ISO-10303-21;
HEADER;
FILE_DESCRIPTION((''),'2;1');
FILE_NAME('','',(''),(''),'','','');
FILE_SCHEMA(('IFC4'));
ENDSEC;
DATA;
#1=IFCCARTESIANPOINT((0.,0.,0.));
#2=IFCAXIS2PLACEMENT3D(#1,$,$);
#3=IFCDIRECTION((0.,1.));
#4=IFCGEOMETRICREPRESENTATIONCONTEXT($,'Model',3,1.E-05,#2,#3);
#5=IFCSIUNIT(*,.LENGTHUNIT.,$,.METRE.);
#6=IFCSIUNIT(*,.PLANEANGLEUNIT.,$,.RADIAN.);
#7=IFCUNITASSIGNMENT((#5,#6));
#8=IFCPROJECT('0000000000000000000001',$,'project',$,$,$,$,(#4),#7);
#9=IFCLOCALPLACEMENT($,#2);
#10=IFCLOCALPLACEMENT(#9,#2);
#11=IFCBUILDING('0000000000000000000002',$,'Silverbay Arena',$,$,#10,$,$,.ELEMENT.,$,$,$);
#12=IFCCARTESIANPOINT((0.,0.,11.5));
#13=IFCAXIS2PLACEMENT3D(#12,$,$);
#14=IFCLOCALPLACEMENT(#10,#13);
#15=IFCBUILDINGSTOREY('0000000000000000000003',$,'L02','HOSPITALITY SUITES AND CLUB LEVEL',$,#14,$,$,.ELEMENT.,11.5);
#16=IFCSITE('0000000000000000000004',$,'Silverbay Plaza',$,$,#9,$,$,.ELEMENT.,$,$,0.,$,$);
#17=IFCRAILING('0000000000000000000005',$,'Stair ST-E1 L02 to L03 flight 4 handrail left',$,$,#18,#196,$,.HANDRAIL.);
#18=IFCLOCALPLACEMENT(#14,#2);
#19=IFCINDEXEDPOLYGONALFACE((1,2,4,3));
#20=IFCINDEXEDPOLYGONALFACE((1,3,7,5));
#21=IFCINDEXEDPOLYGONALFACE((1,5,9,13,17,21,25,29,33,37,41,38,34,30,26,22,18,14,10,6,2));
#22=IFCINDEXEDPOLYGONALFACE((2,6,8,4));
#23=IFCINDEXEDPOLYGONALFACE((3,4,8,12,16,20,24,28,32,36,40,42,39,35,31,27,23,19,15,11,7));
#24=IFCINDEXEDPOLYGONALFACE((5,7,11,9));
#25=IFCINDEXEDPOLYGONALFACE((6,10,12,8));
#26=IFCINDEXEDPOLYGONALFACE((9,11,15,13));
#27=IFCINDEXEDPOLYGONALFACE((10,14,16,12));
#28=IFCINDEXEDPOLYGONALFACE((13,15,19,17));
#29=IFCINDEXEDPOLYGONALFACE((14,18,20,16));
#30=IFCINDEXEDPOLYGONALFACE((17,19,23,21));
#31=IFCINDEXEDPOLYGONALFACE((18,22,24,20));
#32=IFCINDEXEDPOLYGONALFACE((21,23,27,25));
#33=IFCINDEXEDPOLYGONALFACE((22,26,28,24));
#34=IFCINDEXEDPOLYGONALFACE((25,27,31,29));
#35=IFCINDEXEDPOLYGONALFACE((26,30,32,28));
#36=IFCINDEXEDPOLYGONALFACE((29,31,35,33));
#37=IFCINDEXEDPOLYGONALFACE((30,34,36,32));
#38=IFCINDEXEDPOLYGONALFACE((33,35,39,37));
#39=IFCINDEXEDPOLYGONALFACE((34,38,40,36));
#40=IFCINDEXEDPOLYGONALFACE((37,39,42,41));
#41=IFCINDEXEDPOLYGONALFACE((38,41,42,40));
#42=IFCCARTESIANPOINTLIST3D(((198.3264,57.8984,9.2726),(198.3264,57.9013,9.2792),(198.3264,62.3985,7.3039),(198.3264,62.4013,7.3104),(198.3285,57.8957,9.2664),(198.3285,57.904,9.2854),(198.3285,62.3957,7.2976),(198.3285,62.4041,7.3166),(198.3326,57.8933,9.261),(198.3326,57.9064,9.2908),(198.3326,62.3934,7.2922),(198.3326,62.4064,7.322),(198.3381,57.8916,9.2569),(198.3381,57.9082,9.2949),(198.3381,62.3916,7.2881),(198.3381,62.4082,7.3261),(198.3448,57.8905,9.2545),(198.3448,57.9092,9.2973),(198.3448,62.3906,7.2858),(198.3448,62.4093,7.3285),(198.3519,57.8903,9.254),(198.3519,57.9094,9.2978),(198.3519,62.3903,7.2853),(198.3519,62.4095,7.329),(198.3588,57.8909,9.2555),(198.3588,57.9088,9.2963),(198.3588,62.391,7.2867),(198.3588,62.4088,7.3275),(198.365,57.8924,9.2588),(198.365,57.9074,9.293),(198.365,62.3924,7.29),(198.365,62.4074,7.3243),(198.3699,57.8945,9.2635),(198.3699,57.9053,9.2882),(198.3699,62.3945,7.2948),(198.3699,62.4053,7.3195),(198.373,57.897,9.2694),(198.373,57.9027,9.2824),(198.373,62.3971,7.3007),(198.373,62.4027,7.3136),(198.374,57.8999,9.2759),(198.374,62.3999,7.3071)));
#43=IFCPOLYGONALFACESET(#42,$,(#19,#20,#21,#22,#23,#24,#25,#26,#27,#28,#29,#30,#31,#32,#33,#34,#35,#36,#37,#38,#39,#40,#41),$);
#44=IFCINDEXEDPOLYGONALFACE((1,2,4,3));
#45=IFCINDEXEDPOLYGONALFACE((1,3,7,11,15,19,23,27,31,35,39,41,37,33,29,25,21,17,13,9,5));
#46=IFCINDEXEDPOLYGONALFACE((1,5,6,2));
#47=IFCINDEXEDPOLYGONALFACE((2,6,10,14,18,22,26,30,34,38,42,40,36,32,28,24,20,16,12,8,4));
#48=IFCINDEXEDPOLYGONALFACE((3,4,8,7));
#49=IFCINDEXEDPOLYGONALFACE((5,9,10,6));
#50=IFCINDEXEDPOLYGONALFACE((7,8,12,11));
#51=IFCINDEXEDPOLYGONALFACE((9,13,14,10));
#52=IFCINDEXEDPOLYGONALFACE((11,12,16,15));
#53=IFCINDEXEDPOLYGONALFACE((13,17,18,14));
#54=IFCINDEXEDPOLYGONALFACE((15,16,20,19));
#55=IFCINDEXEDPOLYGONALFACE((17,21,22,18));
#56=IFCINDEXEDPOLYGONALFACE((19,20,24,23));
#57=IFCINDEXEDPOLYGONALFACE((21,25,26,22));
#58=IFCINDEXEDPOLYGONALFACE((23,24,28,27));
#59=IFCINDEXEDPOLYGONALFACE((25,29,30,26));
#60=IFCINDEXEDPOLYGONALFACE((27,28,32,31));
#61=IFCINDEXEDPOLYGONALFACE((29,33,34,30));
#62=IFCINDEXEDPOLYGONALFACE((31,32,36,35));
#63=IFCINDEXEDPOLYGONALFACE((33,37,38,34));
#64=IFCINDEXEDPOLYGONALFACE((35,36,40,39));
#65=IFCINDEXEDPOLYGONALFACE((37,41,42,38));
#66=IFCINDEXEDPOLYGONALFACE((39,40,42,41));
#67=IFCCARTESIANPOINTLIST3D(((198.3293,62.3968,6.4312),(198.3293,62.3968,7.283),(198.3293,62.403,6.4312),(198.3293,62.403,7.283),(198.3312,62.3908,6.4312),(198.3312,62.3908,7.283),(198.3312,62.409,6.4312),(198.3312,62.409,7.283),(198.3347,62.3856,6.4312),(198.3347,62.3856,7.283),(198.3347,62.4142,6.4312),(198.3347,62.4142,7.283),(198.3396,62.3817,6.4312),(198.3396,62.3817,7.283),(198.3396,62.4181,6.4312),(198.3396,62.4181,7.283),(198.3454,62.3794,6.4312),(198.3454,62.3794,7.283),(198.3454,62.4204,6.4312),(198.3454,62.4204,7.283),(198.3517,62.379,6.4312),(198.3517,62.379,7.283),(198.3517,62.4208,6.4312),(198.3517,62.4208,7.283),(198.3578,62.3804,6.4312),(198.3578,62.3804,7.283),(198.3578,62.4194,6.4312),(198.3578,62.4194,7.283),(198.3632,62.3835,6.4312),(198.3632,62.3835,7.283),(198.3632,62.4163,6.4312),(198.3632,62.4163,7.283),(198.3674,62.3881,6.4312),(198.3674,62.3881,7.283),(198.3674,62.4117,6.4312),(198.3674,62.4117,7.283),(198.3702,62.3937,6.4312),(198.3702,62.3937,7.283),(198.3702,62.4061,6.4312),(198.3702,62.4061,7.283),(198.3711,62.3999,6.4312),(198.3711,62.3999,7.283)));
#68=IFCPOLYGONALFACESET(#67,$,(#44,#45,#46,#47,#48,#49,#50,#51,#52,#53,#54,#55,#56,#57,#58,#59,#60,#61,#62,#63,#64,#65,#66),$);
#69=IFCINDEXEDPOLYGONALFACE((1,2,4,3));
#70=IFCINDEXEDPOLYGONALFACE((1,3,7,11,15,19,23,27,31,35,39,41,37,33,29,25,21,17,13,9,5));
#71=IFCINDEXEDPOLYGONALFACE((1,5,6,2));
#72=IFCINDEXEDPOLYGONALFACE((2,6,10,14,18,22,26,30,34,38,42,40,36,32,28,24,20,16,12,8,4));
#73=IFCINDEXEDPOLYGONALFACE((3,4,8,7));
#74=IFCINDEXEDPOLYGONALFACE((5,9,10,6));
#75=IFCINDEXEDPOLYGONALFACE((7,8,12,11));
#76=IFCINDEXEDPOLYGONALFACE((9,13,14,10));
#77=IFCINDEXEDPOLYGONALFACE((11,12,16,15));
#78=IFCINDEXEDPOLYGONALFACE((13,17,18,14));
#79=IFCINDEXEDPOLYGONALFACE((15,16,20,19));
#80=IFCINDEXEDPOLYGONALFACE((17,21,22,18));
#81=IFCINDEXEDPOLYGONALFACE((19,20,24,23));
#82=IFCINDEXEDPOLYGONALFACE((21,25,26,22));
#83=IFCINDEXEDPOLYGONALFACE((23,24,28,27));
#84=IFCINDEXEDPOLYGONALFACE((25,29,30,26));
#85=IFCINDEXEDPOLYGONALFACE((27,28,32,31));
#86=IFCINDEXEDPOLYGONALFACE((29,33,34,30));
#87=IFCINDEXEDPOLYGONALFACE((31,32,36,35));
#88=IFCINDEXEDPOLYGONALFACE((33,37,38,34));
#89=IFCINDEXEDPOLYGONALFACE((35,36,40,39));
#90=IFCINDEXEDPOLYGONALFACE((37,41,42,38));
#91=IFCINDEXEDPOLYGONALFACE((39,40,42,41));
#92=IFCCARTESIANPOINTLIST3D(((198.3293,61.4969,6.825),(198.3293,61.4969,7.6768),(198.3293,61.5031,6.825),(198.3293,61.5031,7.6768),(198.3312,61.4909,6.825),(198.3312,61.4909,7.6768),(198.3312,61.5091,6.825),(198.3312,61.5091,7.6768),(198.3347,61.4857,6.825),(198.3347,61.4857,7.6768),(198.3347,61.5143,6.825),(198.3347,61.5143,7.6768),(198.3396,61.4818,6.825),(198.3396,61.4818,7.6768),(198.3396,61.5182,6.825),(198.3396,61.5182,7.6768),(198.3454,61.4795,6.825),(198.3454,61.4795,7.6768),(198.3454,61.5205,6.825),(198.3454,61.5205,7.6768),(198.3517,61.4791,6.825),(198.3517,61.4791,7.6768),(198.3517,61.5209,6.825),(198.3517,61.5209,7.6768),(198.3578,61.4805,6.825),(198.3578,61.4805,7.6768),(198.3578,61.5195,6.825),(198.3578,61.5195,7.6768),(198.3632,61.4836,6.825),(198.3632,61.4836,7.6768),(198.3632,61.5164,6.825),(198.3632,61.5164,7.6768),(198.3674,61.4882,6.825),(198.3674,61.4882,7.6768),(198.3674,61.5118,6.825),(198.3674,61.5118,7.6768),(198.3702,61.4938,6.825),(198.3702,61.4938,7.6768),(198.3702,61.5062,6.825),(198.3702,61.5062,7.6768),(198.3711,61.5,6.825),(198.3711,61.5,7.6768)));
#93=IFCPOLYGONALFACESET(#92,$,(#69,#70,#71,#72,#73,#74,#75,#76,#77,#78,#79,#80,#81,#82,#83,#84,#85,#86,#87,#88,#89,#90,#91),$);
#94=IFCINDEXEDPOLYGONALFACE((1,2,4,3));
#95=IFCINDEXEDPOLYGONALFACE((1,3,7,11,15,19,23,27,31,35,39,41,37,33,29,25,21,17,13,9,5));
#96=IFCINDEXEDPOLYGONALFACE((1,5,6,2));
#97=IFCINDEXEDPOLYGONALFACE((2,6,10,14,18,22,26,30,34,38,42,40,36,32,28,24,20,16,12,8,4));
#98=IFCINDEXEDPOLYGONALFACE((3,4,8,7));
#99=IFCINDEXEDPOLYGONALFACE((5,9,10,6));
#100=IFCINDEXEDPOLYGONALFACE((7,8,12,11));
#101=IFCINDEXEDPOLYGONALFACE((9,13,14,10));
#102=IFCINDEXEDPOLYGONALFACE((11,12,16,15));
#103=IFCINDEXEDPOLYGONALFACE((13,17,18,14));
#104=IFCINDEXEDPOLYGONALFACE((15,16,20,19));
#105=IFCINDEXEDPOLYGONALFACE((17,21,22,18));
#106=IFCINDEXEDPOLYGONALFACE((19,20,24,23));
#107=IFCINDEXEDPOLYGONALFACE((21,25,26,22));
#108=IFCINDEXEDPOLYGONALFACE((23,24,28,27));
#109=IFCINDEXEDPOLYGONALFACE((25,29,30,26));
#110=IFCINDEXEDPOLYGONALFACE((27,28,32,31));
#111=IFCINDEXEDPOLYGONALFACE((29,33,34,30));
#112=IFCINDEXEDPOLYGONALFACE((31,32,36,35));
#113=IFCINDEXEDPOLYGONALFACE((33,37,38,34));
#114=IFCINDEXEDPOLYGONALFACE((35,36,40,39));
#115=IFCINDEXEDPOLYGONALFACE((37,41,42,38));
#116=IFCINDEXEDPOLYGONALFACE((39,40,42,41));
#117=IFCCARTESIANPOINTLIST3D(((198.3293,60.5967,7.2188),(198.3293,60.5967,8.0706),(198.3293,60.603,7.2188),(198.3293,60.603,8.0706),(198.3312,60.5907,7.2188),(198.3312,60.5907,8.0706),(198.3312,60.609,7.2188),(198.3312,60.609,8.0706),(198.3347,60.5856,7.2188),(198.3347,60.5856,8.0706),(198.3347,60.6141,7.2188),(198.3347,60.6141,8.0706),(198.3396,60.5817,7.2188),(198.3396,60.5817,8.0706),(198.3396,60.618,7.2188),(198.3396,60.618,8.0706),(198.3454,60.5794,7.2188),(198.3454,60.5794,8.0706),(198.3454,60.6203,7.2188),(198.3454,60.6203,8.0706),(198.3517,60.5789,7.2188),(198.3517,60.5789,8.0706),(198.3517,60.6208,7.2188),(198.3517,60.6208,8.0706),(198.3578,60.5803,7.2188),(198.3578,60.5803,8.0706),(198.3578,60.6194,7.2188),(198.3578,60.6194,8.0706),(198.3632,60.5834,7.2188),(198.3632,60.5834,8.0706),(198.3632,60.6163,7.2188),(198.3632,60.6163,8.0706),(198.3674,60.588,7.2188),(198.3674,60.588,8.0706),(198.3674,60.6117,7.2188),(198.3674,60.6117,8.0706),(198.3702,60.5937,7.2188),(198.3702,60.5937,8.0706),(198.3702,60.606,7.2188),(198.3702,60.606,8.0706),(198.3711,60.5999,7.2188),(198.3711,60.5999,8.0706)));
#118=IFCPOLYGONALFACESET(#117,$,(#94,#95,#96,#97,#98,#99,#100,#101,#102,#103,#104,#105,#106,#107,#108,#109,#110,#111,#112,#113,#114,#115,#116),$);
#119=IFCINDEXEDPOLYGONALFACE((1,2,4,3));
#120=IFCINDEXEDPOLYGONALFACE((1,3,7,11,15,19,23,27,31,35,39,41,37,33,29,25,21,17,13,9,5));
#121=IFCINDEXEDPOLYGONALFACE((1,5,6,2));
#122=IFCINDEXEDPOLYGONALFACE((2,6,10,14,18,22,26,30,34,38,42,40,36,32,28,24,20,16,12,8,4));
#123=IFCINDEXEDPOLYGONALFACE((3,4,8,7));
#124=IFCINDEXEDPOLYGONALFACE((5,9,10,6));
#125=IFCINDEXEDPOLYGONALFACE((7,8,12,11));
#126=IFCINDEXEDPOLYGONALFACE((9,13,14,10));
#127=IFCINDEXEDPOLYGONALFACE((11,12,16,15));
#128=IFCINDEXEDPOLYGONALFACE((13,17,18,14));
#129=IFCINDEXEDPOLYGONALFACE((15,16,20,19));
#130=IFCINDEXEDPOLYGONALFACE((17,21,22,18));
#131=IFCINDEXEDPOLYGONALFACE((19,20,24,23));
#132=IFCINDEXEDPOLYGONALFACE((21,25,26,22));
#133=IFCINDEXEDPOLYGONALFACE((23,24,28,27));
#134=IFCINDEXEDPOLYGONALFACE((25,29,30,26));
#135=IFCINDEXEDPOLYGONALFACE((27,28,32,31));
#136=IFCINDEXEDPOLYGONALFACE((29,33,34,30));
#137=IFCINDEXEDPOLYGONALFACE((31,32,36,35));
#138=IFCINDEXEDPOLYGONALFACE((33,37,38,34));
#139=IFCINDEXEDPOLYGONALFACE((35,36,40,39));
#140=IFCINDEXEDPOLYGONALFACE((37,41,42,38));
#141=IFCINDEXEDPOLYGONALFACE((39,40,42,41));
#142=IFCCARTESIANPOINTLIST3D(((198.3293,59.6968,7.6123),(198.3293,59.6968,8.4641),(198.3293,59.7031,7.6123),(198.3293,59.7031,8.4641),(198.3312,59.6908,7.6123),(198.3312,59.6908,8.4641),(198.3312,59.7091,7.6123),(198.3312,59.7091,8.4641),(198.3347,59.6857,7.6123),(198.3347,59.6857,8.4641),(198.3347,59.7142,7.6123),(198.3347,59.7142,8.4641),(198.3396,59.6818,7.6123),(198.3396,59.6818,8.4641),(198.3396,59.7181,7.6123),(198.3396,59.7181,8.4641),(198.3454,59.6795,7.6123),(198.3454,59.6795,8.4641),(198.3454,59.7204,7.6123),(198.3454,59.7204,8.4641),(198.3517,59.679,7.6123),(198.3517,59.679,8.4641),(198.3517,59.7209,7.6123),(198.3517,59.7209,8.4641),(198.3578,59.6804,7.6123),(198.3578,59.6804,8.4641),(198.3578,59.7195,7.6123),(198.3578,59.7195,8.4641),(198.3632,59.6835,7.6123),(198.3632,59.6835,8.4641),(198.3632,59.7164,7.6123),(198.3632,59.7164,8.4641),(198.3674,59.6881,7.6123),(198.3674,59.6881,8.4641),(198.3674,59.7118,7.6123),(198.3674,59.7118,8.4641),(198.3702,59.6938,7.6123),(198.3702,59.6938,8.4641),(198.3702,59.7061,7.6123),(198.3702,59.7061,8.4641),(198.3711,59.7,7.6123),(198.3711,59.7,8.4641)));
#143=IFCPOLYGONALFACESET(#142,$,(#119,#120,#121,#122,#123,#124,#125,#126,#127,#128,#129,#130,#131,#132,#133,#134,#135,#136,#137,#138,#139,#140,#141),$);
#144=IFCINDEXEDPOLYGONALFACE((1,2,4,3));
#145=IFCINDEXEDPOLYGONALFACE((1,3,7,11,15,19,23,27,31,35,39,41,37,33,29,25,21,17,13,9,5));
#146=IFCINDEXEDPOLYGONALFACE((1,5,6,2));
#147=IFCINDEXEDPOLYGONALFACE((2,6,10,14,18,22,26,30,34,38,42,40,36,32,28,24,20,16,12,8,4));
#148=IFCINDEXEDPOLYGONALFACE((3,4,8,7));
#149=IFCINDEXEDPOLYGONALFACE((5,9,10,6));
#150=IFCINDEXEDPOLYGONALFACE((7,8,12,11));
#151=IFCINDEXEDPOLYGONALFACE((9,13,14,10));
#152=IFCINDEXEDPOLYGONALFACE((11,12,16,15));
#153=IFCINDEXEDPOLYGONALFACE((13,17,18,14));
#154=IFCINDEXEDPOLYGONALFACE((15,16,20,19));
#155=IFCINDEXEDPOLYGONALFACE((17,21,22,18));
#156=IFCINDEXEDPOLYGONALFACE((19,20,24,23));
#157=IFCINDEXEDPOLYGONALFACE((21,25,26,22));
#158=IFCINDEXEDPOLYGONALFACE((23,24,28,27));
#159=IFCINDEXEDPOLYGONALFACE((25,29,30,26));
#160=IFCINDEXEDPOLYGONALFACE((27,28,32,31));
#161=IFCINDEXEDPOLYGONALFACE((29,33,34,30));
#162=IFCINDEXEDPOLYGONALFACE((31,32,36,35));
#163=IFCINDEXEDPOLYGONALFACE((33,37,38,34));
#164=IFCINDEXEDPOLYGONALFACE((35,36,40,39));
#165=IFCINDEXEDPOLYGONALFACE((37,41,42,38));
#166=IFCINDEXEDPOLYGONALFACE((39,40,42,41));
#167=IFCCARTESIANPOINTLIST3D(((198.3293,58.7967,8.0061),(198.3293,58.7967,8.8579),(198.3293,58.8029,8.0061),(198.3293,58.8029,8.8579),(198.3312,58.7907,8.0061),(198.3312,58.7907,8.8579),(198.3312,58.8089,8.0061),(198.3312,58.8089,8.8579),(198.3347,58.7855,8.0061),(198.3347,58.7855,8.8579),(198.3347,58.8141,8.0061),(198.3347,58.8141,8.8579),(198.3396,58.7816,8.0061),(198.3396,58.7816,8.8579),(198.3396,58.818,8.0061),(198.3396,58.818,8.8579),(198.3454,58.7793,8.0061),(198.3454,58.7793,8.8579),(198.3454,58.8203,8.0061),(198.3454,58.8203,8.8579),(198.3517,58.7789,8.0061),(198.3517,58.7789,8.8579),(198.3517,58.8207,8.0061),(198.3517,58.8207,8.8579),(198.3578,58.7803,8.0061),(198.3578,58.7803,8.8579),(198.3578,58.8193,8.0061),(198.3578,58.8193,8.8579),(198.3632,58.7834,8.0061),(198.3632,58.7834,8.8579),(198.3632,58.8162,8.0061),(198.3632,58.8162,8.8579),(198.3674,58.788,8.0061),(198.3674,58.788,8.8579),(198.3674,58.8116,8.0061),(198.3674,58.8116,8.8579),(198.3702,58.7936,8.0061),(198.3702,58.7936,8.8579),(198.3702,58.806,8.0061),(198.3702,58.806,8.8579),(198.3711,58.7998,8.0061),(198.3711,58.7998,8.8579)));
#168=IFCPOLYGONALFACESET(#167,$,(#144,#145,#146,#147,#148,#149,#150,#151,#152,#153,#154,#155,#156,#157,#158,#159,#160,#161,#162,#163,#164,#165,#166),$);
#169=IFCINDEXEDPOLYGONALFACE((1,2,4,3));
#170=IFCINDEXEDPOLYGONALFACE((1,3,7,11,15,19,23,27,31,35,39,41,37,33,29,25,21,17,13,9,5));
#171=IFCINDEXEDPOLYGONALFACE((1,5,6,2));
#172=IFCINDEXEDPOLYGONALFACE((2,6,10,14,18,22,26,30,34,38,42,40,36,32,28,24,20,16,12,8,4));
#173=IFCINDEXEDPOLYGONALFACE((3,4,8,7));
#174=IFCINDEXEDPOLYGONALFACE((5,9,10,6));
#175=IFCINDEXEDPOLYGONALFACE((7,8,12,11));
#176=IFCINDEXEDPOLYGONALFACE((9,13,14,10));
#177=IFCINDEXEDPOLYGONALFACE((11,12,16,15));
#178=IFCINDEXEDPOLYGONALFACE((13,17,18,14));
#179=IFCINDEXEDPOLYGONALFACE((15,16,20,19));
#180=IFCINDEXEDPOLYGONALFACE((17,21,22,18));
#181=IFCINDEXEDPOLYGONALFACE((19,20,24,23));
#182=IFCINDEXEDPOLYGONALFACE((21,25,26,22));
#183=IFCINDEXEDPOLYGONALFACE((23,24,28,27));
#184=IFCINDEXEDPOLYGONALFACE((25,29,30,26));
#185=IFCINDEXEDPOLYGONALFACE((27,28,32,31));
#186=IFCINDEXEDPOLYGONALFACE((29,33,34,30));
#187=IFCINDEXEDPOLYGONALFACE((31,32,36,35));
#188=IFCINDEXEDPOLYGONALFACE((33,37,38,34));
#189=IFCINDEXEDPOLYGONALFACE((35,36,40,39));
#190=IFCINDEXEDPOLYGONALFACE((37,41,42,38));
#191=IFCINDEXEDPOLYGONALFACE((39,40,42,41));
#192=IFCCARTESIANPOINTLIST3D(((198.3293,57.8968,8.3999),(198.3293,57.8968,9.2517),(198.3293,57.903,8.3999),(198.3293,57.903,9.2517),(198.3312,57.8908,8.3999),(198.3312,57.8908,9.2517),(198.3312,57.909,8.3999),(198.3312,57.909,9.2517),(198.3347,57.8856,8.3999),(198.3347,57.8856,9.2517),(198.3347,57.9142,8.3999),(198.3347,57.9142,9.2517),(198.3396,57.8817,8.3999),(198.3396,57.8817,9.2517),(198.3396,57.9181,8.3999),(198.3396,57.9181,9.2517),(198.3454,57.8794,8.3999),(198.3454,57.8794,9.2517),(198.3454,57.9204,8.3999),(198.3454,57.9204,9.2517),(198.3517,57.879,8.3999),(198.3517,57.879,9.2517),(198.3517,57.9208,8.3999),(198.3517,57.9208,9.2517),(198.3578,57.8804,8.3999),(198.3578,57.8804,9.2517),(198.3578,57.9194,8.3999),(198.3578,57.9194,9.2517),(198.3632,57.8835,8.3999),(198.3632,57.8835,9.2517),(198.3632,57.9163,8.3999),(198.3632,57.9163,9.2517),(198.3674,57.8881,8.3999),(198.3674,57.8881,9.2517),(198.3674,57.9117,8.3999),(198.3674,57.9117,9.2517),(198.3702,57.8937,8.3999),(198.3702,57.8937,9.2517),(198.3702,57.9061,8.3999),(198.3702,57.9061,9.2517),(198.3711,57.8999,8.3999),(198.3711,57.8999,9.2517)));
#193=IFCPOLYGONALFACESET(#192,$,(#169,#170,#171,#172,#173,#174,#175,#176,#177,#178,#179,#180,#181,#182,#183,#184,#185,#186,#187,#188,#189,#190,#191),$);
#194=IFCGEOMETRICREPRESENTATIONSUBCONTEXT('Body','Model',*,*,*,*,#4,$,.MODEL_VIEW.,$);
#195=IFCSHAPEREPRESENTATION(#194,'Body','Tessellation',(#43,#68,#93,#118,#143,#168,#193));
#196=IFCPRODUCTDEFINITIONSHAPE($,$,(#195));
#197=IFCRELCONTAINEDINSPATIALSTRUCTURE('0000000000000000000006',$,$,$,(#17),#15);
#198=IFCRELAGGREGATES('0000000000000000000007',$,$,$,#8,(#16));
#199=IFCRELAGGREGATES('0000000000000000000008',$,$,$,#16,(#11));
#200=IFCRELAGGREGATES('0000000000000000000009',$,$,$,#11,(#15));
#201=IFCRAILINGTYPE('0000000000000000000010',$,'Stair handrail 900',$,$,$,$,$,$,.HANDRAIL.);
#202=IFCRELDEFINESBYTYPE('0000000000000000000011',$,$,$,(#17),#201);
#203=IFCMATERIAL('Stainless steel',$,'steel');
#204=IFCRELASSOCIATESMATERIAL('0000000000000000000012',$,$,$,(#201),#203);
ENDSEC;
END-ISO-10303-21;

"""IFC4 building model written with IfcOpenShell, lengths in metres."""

from ifc_helpers import new_model, si_unit, direction, frame, origin, origin_2d, place, context, subcontext, project, spatial, circle, extrude, material, type_object, element, save


model = new_model("IFC4")

# Units and contexts
model_context = context("Model", 3, precision=1e-05, world=origin(), true_north=direction((0.0, 1.0)))
body_context = subcontext(model_context, "Body", "Model", "MODEL_VIEW")
ifc_project = project(units=[si_unit("LENGTHUNIT", "METRE"), si_unit("PLANEANGLEUNIT", "RADIAN")], contexts=[model_context])

# Site, building, storey
site_placement = place(None, origin())
site = spatial("IfcSite", under=ifc_project, at=site_placement, Name="Silverbay Plaza", CompositionType="ELEMENT", RefElevation=0.0)
building_placement = place(site_placement, origin())
building = spatial("IfcBuilding", under=site, at=building_placement, Name="Silverbay Arena", CompositionType="ELEMENT")
storey_placement = place(building_placement, frame((0.0, 0.0, 11.5)))
storey = spatial("IfcBuildingStorey", under=building, at=storey_placement, Name="L02", Description="HOSPITALITY SUITES AND CLUB LEVEL", CompositionType="ELEMENT", Elevation=11.5)

# Railing
ifc_material_1 = material(Name="Stainless steel", Category="steel")
railing_type_1 = type_object("IfcRailingType", Name="Stair handrail 900", PredefinedType="HANDRAIL", material=ifc_material_1)
for number, where, name in (
    (1, (198.3501, 62.3999, 6.4312), "Stair ST-E1 L02 to L03 flight 4 handrail left"),
):
    element("IfcRailing", number, at=place(storey_placement, frame(where)), inside=storey, type_object=railing_type_1, Name=name, PredefinedType="HANDRAIL", context=body_context, shape_type="SweptSolid", body=[
        extrude(circle(Radius=0.0239, at=origin_2d()), frame((0.0, 0.0, 0.876), z_axis=(0.0, -0.916157, 0.400819), x_axis=(1.0, 0.0, 0.0)), (0.0, 0.0, 1.0), 4.9119),
        extrude(circle(Radius=0.021, at=origin_2d()), origin(), (0.0, 0.0, 1.0), 0.8518),
        extrude(circle(Radius=0.021, at=origin_2d()), frame((0.0, -0.8999, 0.3938)), (0.0, 0.0, 1.0), 0.8518),
        extrude(circle(Radius=0.021, at=origin_2d()), frame((0.0, -1.8, 0.7876)), (0.0, 0.0, 1.0), 0.8518),
        extrude(circle(Radius=0.021, at=origin_2d()), frame((0.0, -2.7, 1.1812)), (0.0, 0.0, 1.0), 0.8518),
        extrude(circle(Radius=0.021, at=origin_2d()), frame((0.0, -3.6001, 1.575)), (0.0, 0.0, 1.0), 0.8518),
        extrude(circle(Radius=0.021, at=origin_2d()), frame((0.0, -4.5, 1.9688)), (0.0, 0.0, 1.0), 0.8518),
    ])

save(model, "model.ifc")
